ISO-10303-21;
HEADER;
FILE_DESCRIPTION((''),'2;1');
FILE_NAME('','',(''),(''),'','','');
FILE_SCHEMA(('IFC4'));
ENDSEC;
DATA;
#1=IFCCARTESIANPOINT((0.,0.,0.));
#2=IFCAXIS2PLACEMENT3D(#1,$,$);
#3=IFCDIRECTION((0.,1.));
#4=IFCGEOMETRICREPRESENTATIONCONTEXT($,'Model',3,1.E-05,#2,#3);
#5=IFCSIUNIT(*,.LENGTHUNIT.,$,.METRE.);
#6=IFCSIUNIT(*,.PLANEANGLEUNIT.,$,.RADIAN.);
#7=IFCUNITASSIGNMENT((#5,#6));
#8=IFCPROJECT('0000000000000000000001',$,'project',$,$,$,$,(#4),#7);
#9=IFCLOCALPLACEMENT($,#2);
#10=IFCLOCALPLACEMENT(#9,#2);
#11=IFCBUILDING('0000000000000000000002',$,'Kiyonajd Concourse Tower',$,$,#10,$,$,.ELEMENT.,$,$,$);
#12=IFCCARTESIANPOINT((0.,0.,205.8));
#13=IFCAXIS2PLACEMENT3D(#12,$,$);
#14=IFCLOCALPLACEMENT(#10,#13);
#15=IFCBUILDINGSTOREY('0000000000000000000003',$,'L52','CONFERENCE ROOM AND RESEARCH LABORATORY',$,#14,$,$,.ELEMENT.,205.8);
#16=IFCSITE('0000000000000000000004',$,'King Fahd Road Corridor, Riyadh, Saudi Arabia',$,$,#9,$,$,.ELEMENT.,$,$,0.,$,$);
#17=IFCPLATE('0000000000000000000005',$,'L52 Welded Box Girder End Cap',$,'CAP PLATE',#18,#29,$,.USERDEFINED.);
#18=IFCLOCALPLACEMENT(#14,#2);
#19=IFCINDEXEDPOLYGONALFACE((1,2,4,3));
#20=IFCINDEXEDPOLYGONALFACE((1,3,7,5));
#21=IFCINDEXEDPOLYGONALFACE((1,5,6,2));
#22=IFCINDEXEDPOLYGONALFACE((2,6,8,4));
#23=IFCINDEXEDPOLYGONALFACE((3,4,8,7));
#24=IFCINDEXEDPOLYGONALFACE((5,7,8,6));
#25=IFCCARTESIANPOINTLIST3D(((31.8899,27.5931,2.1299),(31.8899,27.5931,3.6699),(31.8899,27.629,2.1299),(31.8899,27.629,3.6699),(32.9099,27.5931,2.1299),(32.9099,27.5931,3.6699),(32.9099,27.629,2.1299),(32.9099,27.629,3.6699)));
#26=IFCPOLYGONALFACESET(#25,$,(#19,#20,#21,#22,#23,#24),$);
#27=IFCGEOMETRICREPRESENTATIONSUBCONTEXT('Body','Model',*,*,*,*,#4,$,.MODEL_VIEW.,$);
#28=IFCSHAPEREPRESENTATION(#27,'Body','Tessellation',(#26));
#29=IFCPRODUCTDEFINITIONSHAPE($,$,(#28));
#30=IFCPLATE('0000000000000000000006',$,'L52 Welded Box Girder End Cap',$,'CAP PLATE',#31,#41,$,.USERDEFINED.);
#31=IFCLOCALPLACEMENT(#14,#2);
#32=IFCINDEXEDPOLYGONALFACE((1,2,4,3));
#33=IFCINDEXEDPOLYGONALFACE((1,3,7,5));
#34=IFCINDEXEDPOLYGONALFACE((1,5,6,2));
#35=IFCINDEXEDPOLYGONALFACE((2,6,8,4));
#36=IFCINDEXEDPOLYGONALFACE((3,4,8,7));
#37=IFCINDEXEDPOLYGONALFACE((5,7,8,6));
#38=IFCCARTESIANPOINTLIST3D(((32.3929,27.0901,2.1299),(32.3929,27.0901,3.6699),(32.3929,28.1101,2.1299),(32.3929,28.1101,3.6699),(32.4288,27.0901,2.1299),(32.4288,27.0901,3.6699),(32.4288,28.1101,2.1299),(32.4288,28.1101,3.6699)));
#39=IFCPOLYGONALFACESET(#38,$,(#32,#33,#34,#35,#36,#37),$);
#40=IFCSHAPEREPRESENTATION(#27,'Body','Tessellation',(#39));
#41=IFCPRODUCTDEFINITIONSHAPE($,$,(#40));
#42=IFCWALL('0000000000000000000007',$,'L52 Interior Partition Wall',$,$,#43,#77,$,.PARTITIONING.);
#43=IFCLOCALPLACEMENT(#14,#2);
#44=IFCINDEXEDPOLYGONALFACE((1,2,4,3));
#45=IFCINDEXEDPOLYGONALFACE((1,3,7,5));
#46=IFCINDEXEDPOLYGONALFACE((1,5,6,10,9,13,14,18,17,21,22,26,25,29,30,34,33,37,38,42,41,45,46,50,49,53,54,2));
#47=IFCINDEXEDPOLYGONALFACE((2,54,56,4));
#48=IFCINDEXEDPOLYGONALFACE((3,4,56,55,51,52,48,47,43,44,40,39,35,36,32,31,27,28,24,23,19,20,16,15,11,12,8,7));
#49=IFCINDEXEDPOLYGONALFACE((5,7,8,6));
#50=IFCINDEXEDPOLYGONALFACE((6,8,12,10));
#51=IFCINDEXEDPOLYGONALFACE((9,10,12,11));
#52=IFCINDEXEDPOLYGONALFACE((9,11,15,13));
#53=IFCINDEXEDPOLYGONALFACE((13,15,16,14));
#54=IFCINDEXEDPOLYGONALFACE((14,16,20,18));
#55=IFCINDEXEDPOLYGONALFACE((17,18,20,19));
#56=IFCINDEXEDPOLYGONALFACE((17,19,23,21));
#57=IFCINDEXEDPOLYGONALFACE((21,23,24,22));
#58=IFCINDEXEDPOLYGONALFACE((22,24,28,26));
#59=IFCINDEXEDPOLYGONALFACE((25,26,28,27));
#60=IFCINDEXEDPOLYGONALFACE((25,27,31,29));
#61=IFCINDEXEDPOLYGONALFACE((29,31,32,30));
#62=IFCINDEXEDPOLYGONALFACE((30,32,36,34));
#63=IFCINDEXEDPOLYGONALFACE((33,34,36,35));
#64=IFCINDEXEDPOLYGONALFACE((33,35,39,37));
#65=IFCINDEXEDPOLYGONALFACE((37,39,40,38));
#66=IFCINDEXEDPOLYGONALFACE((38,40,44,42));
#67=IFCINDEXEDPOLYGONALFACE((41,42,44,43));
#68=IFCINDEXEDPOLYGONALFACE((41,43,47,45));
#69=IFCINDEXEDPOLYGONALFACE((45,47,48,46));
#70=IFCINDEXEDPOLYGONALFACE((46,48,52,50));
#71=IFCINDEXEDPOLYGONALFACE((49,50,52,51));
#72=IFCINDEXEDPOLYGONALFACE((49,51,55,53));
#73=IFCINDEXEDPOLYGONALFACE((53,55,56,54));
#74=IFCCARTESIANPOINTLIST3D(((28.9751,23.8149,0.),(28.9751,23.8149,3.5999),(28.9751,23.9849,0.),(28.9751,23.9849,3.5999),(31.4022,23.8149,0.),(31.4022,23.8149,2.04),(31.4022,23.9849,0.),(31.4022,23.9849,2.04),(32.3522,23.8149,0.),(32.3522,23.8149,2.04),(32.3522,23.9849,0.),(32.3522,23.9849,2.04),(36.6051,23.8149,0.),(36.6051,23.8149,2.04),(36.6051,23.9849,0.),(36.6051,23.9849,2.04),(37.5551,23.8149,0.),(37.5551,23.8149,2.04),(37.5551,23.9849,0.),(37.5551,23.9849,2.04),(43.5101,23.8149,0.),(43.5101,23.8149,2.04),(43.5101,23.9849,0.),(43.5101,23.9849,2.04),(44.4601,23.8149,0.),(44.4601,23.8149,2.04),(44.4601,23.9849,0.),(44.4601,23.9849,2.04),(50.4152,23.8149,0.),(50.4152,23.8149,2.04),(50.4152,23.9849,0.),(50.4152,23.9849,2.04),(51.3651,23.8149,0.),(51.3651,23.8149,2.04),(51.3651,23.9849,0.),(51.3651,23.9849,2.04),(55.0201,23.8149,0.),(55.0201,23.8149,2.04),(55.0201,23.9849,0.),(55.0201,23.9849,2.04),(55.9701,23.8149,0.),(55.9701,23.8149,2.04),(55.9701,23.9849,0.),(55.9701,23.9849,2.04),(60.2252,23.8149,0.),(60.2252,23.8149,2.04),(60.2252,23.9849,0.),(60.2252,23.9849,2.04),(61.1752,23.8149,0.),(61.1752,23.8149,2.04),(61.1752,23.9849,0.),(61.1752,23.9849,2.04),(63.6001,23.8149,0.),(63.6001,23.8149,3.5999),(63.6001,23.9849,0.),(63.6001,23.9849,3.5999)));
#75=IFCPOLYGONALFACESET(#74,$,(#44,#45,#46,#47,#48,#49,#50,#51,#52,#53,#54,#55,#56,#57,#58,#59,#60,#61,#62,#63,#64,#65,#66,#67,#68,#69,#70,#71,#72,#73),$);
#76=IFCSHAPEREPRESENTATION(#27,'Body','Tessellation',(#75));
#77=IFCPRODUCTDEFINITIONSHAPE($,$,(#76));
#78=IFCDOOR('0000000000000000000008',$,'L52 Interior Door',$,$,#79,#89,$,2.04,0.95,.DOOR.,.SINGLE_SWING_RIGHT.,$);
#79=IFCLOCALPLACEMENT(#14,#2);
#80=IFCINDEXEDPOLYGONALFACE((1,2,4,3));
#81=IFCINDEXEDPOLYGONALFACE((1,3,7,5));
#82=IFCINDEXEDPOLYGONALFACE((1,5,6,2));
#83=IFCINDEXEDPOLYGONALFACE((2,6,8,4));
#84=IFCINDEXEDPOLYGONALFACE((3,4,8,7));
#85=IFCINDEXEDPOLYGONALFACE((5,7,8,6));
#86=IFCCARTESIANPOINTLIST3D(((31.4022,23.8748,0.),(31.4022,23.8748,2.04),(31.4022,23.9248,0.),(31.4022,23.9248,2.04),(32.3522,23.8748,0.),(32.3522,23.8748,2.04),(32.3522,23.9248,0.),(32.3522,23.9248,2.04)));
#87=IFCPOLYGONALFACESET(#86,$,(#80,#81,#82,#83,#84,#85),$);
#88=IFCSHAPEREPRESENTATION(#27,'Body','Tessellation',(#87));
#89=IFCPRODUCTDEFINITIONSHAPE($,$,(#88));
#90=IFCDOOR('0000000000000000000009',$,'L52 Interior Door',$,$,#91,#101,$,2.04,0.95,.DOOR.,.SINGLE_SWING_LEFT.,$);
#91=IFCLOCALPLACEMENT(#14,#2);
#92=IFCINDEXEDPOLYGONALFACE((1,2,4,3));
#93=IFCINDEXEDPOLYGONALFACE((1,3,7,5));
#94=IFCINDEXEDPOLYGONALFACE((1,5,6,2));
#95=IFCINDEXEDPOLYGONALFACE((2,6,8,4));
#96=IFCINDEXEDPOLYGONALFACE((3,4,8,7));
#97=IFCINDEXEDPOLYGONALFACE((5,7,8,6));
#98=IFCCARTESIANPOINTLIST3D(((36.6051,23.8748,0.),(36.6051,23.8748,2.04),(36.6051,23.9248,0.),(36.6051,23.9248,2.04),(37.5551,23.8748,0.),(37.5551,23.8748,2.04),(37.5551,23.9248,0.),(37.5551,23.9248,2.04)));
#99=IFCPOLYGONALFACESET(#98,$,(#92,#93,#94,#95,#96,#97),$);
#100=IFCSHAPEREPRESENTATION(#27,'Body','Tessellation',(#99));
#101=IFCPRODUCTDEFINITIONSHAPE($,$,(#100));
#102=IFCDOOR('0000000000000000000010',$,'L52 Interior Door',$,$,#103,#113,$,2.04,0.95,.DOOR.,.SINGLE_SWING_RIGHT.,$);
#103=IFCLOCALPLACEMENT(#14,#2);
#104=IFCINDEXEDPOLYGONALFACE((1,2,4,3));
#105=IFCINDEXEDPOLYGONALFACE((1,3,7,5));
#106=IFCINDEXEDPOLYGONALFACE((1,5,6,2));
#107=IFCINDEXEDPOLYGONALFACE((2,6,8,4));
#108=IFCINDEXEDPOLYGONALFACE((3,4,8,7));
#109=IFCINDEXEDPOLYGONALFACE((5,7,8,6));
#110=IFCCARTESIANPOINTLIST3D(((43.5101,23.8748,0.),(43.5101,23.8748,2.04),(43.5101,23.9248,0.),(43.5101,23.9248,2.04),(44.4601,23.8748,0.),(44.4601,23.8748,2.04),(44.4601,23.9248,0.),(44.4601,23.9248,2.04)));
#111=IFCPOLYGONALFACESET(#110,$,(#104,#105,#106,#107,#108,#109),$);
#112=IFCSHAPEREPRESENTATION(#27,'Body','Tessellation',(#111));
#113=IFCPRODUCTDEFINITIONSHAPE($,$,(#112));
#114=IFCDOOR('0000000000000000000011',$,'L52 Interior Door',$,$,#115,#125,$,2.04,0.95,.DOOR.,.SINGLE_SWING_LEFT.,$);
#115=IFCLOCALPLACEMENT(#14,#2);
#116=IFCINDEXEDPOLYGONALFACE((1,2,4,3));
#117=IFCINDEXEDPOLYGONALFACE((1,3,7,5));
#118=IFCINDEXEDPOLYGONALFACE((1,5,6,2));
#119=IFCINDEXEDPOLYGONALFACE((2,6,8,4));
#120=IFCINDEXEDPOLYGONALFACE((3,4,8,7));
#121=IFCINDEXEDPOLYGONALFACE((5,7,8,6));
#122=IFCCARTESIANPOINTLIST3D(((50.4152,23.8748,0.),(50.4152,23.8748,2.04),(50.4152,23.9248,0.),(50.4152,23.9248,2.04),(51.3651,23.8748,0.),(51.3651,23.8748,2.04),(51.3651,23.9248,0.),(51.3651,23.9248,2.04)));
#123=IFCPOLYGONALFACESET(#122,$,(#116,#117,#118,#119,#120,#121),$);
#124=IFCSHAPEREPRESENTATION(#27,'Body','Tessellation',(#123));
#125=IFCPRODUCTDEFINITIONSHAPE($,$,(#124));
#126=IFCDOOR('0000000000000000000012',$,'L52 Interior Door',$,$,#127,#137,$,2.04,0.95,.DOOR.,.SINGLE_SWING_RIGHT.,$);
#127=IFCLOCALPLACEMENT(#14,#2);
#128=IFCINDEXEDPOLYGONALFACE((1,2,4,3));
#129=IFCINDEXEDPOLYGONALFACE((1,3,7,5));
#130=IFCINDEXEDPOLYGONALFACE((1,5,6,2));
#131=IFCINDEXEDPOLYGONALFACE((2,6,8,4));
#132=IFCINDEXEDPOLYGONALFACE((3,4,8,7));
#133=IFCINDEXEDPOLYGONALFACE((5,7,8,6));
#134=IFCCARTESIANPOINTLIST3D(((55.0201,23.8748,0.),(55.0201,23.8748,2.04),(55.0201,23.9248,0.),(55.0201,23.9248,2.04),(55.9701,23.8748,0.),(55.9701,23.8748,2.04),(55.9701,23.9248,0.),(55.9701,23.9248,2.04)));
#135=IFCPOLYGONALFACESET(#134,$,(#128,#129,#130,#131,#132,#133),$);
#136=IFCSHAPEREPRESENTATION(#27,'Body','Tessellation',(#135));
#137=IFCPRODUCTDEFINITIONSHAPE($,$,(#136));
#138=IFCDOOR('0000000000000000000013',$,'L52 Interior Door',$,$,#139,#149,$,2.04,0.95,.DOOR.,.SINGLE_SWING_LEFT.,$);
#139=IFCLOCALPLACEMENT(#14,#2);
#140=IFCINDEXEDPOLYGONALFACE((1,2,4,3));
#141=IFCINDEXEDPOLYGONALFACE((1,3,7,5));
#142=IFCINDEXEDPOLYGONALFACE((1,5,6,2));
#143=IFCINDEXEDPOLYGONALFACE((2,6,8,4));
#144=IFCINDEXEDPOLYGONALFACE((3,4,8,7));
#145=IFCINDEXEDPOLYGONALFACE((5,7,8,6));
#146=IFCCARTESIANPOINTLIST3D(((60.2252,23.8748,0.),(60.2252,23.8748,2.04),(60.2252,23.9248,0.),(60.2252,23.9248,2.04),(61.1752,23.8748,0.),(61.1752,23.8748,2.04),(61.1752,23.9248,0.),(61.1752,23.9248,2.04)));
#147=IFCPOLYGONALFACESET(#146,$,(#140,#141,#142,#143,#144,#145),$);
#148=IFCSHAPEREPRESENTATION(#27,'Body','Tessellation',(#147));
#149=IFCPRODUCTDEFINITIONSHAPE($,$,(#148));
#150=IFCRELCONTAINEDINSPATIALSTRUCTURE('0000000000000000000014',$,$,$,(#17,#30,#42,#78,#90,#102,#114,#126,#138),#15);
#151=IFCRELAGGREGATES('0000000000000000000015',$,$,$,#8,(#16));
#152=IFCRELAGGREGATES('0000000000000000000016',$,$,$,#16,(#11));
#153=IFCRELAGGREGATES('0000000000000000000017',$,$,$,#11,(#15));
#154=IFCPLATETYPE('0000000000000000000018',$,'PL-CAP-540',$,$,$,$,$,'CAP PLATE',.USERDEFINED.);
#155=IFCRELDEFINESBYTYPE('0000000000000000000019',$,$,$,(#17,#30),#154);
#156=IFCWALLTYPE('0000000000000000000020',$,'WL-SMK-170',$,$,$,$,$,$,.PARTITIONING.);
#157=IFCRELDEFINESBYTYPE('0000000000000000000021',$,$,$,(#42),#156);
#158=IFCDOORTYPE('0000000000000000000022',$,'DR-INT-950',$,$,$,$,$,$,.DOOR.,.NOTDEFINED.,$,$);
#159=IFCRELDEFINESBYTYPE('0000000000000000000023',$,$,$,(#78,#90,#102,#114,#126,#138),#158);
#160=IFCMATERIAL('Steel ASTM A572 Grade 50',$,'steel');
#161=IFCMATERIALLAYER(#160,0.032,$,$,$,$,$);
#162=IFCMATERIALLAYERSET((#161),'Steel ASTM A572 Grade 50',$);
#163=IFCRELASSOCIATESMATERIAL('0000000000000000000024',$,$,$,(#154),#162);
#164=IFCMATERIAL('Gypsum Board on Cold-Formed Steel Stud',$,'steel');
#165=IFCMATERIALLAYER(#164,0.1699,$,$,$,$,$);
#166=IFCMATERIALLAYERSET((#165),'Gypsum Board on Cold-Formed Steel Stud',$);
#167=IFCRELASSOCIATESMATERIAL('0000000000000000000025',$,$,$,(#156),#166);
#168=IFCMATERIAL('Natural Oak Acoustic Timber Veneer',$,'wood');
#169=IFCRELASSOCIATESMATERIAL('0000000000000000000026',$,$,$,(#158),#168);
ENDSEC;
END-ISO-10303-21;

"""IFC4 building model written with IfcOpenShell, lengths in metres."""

from ifc_helpers import new_model, si_unit, direction, frame, frame_2d, origin, origin_2d, place, context, subcontext, project, spatial, rectangle, extrude, material, layer, layer_set, type_object, element, fill, save


model = new_model("IFC4")

# Units and contexts
model_context = context("Model", 3, precision=1e-05, world=origin(), true_north=direction((0.0, 1.0)))
body_context = subcontext(model_context, "Body", "Model", "MODEL_VIEW")
ifc_project = project(units=[si_unit("LENGTHUNIT", "METRE"), si_unit("PLANEANGLEUNIT", "RADIAN")], contexts=[model_context])

# Site, building, storey
site_placement = place(None, origin())
site = spatial("IfcSite", under=ifc_project, at=site_placement, Name="King Fahd Road Corridor, Riyadh, Saudi Arabia", CompositionType="ELEMENT", RefElevation=0.0)
building_placement = place(site_placement, origin())
building = spatial("IfcBuilding", under=site, at=building_placement, Name="Kiyonajd Concourse Tower", CompositionType="ELEMENT")
storey_placement = place(building_placement, frame((0.0, 0.0, 205.8)))
storey = spatial("IfcBuildingStorey", under=building, at=storey_placement, Name="L52", Description="CONFERENCE ROOM AND RESEARCH LABORATORY", CompositionType="ELEMENT", Elevation=205.8)

# Shared definitions
ifc_material_1 = material(Name="Steel ASTM A572 Grade 50", Category="steel")

# Plates
ifc_layer_1 = layer(ifc_material_1, 0.032)
ifc_layer_set_1 = layer_set([ifc_layer_1], Name="Steel ASTM A572 Grade 50")
plate_type_1 = type_object("IfcPlateType", Name="PL-CAP-540", ElementType="CAP PLATE", PredefinedType="USERDEFINED", material=ifc_layer_set_1)
for number, where, z_axis, x_axis, name in (
    (1, (32.3999, 27.6111, 2.1299), (0.0, 0.0, 1.0), (0.0, 1.0, 0.0), "L52 Welded Box Girder End Cap"),
    (2, (32.4109, 27.6001, 2.1299), (0.0, 0.0, 1.0), (1.0, 0.0, 0.0), "L52 Welded Box Girder End Cap"),
):
    element("IfcPlate", number, at=place(storey_placement, frame(where, z_axis=z_axis, x_axis=x_axis)), inside=storey, type_object=plate_type_1, Name=name, ObjectType="CAP PLATE", PredefinedType="USERDEFINED", context=body_context, shape_type="SweptSolid", body=[
        extrude(rectangle(XDim=0.0359, YDim=1.02, at=origin_2d()), origin(), (0.0, 0.0, 1.0), 1.54),
    ])

# Wall, openings, doors
ifc_material_2 = material(Name="Gypsum Board on Cold-Formed Steel Stud", Category="steel")
ifc_layer_2 = layer(ifc_material_2, 0.1699)
ifc_layer_set_2 = layer_set([ifc_layer_2], Name="Gypsum Board on Cold-Formed Steel Stud")
wall_type = type_object("IfcWallType", Name="WL-SMK-170", PredefinedType="PARTITIONING", material=ifc_layer_set_2)
wall_1_placement = place(storey_placement, frame((28.9751, 23.8999, 0.0), z_axis=(0.0, 0.0, 1.0), x_axis=(1.0, 0.0, 0.0)))
wall_1 = element("IfcWall", 3, at=wall_1_placement, inside=storey, type_object=wall_type, Name="L52 Interior Partition Wall", PredefinedType="PARTITIONING", context=body_context, shape_type="SweptSolid", body=[
    extrude(rectangle(XDim=34.625, YDim=0.1699, at=frame_2d((17.3125, 0.0))), origin(), (0.0, 0.0, 1.0), 3.5999),
])
opening_1_placement = place(wall_1_placement, frame((2.427, 0.0, 0.0)))
opening_1 = element("IfcOpeningElement", 4, at=opening_1_placement, cuts=wall_1, PredefinedType="OPENING", context=body_context, shape_type="SweptSolid", body=[
    extrude(rectangle(XDim=0.95, YDim=2.04, at=frame_2d((0.4751, 1.02))), frame((0.0, 0.095, 0.0), z_axis=(0.0, -1.0, 0.0), x_axis=(1.0, 0.0, 0.0)), (0.0, 0.0, 1.0), 0.1899),
])
opening_2_placement = place(wall_1_placement, frame((7.6299, 0.0, 0.0)))
opening_2 = element("IfcOpeningElement", 5, at=opening_2_placement, cuts=wall_1, PredefinedType="OPENING", context=body_context, shape_type="SweptSolid", body=[
    extrude(rectangle(XDim=0.95, YDim=2.04, at=frame_2d((0.4751, 1.02))), frame((0.0, 0.095, 0.0), z_axis=(0.0, -1.0, 0.0), x_axis=(1.0, 0.0, 0.0)), (0.0, 0.0, 1.0), 0.1899),
])
opening_3_placement = place(wall_1_placement, frame((14.5349, 0.0, 0.0)))
opening_3 = element("IfcOpeningElement", 6, at=opening_3_placement, cuts=wall_1, PredefinedType="OPENING", context=body_context, shape_type="SweptSolid", body=[
    extrude(rectangle(XDim=0.95, YDim=2.04, at=frame_2d((0.4751, 1.02))), frame((0.0, 0.095, 0.0), z_axis=(0.0, -1.0, 0.0), x_axis=(1.0, 0.0, 0.0)), (0.0, 0.0, 1.0), 0.1899),
])
opening_4_placement = place(wall_1_placement, frame((21.4399, 0.0, 0.0)))
opening_4 = element("IfcOpeningElement", 7, at=opening_4_placement, cuts=wall_1, PredefinedType="OPENING", context=body_context, shape_type="SweptSolid", body=[
    extrude(rectangle(XDim=0.95, YDim=2.04, at=frame_2d((0.4751, 1.02))), frame((0.0, 0.095, 0.0), z_axis=(0.0, -1.0, 0.0), x_axis=(1.0, 0.0, 0.0)), (0.0, 0.0, 1.0), 0.1899),
])
opening_5_placement = place(wall_1_placement, frame((26.0449, 0.0, 0.0)))
opening_5 = element("IfcOpeningElement", 8, at=opening_5_placement, cuts=wall_1, PredefinedType="OPENING", context=body_context, shape_type="SweptSolid", body=[
    extrude(rectangle(XDim=0.95, YDim=2.04, at=frame_2d((0.4751, 1.02))), frame((0.0, 0.095, 0.0), z_axis=(0.0, -1.0, 0.0), x_axis=(1.0, 0.0, 0.0)), (0.0, 0.0, 1.0), 0.1899),
])
opening_6_placement = place(wall_1_placement, frame((31.25, 0.0, 0.0)))
opening_6 = element("IfcOpeningElement", 9, at=opening_6_placement, cuts=wall_1, PredefinedType="OPENING", context=body_context, shape_type="SweptSolid", body=[
    extrude(rectangle(XDim=0.95, YDim=2.04, at=frame_2d((0.4751, 1.02))), frame((0.0, 0.095, 0.0), z_axis=(0.0, -1.0, 0.0), x_axis=(1.0, 0.0, 0.0)), (0.0, 0.0, 1.0), 0.1899),
])
ifc_material_3 = material(Name="Natural Oak Acoustic Timber Veneer", Category="wood")
door_type = type_object("IfcDoorType", Name="DR-INT-950", OperationType="NOTDEFINED", PredefinedType="DOOR", material=ifc_material_3)
door_1_placement = place(opening_1_placement, origin())
door_1 = element("IfcDoor", 10, at=door_1_placement, inside=storey, type_object=door_type, Name="L52 Interior Door", OperationType="SINGLE_SWING_RIGHT", OverallHeight=2.04, OverallWidth=0.95, PredefinedType="DOOR", context=body_context, shape_type="SweptSolid", body=[
    extrude(rectangle(XDim=0.95, YDim=2.04, at=frame_2d((0.4751, 1.02))), frame((0.0, 0.0249, 0.0), z_axis=(0.0, -1.0, 0.0), x_axis=(1.0, 0.0, 0.0)), (0.0, 0.0, 1.0), 0.05),
])
fill(opening_1, door_1)
door_2_placement = place(opening_2_placement, origin())
door_2 = element("IfcDoor", 11, at=door_2_placement, inside=storey, type_object=door_type, Name="L52 Interior Door", OperationType="SINGLE_SWING_LEFT", OverallHeight=2.04, OverallWidth=0.95, PredefinedType="DOOR", context=body_context, shape_type="SweptSolid", body=[
    extrude(rectangle(XDim=0.95, YDim=2.04, at=frame_2d((0.4751, 1.02))), frame((0.0, 0.0249, 0.0), z_axis=(0.0, -1.0, 0.0), x_axis=(1.0, 0.0, 0.0)), (0.0, 0.0, 1.0), 0.05),
])
fill(opening_2, door_2)
door_3_placement = place(opening_3_placement, origin())
door_3 = element("IfcDoor", 12, at=door_3_placement, inside=storey, type_object=door_type, Name="L52 Interior Door", OperationType="SINGLE_SWING_RIGHT", OverallHeight=2.04, OverallWidth=0.95, PredefinedType="DOOR", context=body_context, shape_type="SweptSolid", body=[
    extrude(rectangle(XDim=0.95, YDim=2.04, at=frame_2d((0.4751, 1.02))), frame((0.0, 0.0249, 0.0), z_axis=(0.0, -1.0, 0.0), x_axis=(1.0, 0.0, 0.0)), (0.0, 0.0, 1.0), 0.05),
])
fill(opening_3, door_3)
door_4_placement = place(opening_4_placement, origin())
door_4 = element("IfcDoor", 13, at=door_4_placement, inside=storey, type_object=door_type, Name="L52 Interior Door", OperationType="SINGLE_SWING_LEFT", OverallHeight=2.04, OverallWidth=0.95, PredefinedType="DOOR", context=body_context, shape_type="SweptSolid", body=[
    extrude(rectangle(XDim=0.95, YDim=2.04, at=frame_2d((0.4751, 1.02))), frame((0.0, 0.0249, 0.0), z_axis=(0.0, -1.0, 0.0), x_axis=(1.0, 0.0, 0.0)), (0.0, 0.0, 1.0), 0.05),
])
fill(opening_4, door_4)
door_5_placement = place(opening_5_placement, origin())
door_5 = element("IfcDoor", 14, at=door_5_placement, inside=storey, type_object=door_type, Name="L52 Interior Door", OperationType="SINGLE_SWING_RIGHT", OverallHeight=2.04, OverallWidth=0.95, PredefinedType="DOOR", context=body_context, shape_type="SweptSolid", body=[
    extrude(rectangle(XDim=0.95, YDim=2.04, at=frame_2d((0.4751, 1.02))), frame((0.0, 0.0249, 0.0), z_axis=(0.0, -1.0, 0.0), x_axis=(1.0, 0.0, 0.0)), (0.0, 0.0, 1.0), 0.05),
])
fill(opening_5, door_5)
door_6_placement = place(opening_6_placement, origin())
door_6 = element("IfcDoor", 15, at=door_6_placement, inside=storey, type_object=door_type, Name="L52 Interior Door", OperationType="SINGLE_SWING_LEFT", OverallHeight=2.04, OverallWidth=0.95, PredefinedType="DOOR", context=body_context, shape_type="SweptSolid", body=[
    extrude(rectangle(XDim=0.95, YDim=2.04, at=frame_2d((0.4751, 1.02))), frame((0.0, 0.0249, 0.0), z_axis=(0.0, -1.0, 0.0), x_axis=(1.0, 0.0, 0.0)), (0.0, 0.0, 1.0), 0.05),
])
fill(opening_6, door_6)

save(model, "model.ifc")
